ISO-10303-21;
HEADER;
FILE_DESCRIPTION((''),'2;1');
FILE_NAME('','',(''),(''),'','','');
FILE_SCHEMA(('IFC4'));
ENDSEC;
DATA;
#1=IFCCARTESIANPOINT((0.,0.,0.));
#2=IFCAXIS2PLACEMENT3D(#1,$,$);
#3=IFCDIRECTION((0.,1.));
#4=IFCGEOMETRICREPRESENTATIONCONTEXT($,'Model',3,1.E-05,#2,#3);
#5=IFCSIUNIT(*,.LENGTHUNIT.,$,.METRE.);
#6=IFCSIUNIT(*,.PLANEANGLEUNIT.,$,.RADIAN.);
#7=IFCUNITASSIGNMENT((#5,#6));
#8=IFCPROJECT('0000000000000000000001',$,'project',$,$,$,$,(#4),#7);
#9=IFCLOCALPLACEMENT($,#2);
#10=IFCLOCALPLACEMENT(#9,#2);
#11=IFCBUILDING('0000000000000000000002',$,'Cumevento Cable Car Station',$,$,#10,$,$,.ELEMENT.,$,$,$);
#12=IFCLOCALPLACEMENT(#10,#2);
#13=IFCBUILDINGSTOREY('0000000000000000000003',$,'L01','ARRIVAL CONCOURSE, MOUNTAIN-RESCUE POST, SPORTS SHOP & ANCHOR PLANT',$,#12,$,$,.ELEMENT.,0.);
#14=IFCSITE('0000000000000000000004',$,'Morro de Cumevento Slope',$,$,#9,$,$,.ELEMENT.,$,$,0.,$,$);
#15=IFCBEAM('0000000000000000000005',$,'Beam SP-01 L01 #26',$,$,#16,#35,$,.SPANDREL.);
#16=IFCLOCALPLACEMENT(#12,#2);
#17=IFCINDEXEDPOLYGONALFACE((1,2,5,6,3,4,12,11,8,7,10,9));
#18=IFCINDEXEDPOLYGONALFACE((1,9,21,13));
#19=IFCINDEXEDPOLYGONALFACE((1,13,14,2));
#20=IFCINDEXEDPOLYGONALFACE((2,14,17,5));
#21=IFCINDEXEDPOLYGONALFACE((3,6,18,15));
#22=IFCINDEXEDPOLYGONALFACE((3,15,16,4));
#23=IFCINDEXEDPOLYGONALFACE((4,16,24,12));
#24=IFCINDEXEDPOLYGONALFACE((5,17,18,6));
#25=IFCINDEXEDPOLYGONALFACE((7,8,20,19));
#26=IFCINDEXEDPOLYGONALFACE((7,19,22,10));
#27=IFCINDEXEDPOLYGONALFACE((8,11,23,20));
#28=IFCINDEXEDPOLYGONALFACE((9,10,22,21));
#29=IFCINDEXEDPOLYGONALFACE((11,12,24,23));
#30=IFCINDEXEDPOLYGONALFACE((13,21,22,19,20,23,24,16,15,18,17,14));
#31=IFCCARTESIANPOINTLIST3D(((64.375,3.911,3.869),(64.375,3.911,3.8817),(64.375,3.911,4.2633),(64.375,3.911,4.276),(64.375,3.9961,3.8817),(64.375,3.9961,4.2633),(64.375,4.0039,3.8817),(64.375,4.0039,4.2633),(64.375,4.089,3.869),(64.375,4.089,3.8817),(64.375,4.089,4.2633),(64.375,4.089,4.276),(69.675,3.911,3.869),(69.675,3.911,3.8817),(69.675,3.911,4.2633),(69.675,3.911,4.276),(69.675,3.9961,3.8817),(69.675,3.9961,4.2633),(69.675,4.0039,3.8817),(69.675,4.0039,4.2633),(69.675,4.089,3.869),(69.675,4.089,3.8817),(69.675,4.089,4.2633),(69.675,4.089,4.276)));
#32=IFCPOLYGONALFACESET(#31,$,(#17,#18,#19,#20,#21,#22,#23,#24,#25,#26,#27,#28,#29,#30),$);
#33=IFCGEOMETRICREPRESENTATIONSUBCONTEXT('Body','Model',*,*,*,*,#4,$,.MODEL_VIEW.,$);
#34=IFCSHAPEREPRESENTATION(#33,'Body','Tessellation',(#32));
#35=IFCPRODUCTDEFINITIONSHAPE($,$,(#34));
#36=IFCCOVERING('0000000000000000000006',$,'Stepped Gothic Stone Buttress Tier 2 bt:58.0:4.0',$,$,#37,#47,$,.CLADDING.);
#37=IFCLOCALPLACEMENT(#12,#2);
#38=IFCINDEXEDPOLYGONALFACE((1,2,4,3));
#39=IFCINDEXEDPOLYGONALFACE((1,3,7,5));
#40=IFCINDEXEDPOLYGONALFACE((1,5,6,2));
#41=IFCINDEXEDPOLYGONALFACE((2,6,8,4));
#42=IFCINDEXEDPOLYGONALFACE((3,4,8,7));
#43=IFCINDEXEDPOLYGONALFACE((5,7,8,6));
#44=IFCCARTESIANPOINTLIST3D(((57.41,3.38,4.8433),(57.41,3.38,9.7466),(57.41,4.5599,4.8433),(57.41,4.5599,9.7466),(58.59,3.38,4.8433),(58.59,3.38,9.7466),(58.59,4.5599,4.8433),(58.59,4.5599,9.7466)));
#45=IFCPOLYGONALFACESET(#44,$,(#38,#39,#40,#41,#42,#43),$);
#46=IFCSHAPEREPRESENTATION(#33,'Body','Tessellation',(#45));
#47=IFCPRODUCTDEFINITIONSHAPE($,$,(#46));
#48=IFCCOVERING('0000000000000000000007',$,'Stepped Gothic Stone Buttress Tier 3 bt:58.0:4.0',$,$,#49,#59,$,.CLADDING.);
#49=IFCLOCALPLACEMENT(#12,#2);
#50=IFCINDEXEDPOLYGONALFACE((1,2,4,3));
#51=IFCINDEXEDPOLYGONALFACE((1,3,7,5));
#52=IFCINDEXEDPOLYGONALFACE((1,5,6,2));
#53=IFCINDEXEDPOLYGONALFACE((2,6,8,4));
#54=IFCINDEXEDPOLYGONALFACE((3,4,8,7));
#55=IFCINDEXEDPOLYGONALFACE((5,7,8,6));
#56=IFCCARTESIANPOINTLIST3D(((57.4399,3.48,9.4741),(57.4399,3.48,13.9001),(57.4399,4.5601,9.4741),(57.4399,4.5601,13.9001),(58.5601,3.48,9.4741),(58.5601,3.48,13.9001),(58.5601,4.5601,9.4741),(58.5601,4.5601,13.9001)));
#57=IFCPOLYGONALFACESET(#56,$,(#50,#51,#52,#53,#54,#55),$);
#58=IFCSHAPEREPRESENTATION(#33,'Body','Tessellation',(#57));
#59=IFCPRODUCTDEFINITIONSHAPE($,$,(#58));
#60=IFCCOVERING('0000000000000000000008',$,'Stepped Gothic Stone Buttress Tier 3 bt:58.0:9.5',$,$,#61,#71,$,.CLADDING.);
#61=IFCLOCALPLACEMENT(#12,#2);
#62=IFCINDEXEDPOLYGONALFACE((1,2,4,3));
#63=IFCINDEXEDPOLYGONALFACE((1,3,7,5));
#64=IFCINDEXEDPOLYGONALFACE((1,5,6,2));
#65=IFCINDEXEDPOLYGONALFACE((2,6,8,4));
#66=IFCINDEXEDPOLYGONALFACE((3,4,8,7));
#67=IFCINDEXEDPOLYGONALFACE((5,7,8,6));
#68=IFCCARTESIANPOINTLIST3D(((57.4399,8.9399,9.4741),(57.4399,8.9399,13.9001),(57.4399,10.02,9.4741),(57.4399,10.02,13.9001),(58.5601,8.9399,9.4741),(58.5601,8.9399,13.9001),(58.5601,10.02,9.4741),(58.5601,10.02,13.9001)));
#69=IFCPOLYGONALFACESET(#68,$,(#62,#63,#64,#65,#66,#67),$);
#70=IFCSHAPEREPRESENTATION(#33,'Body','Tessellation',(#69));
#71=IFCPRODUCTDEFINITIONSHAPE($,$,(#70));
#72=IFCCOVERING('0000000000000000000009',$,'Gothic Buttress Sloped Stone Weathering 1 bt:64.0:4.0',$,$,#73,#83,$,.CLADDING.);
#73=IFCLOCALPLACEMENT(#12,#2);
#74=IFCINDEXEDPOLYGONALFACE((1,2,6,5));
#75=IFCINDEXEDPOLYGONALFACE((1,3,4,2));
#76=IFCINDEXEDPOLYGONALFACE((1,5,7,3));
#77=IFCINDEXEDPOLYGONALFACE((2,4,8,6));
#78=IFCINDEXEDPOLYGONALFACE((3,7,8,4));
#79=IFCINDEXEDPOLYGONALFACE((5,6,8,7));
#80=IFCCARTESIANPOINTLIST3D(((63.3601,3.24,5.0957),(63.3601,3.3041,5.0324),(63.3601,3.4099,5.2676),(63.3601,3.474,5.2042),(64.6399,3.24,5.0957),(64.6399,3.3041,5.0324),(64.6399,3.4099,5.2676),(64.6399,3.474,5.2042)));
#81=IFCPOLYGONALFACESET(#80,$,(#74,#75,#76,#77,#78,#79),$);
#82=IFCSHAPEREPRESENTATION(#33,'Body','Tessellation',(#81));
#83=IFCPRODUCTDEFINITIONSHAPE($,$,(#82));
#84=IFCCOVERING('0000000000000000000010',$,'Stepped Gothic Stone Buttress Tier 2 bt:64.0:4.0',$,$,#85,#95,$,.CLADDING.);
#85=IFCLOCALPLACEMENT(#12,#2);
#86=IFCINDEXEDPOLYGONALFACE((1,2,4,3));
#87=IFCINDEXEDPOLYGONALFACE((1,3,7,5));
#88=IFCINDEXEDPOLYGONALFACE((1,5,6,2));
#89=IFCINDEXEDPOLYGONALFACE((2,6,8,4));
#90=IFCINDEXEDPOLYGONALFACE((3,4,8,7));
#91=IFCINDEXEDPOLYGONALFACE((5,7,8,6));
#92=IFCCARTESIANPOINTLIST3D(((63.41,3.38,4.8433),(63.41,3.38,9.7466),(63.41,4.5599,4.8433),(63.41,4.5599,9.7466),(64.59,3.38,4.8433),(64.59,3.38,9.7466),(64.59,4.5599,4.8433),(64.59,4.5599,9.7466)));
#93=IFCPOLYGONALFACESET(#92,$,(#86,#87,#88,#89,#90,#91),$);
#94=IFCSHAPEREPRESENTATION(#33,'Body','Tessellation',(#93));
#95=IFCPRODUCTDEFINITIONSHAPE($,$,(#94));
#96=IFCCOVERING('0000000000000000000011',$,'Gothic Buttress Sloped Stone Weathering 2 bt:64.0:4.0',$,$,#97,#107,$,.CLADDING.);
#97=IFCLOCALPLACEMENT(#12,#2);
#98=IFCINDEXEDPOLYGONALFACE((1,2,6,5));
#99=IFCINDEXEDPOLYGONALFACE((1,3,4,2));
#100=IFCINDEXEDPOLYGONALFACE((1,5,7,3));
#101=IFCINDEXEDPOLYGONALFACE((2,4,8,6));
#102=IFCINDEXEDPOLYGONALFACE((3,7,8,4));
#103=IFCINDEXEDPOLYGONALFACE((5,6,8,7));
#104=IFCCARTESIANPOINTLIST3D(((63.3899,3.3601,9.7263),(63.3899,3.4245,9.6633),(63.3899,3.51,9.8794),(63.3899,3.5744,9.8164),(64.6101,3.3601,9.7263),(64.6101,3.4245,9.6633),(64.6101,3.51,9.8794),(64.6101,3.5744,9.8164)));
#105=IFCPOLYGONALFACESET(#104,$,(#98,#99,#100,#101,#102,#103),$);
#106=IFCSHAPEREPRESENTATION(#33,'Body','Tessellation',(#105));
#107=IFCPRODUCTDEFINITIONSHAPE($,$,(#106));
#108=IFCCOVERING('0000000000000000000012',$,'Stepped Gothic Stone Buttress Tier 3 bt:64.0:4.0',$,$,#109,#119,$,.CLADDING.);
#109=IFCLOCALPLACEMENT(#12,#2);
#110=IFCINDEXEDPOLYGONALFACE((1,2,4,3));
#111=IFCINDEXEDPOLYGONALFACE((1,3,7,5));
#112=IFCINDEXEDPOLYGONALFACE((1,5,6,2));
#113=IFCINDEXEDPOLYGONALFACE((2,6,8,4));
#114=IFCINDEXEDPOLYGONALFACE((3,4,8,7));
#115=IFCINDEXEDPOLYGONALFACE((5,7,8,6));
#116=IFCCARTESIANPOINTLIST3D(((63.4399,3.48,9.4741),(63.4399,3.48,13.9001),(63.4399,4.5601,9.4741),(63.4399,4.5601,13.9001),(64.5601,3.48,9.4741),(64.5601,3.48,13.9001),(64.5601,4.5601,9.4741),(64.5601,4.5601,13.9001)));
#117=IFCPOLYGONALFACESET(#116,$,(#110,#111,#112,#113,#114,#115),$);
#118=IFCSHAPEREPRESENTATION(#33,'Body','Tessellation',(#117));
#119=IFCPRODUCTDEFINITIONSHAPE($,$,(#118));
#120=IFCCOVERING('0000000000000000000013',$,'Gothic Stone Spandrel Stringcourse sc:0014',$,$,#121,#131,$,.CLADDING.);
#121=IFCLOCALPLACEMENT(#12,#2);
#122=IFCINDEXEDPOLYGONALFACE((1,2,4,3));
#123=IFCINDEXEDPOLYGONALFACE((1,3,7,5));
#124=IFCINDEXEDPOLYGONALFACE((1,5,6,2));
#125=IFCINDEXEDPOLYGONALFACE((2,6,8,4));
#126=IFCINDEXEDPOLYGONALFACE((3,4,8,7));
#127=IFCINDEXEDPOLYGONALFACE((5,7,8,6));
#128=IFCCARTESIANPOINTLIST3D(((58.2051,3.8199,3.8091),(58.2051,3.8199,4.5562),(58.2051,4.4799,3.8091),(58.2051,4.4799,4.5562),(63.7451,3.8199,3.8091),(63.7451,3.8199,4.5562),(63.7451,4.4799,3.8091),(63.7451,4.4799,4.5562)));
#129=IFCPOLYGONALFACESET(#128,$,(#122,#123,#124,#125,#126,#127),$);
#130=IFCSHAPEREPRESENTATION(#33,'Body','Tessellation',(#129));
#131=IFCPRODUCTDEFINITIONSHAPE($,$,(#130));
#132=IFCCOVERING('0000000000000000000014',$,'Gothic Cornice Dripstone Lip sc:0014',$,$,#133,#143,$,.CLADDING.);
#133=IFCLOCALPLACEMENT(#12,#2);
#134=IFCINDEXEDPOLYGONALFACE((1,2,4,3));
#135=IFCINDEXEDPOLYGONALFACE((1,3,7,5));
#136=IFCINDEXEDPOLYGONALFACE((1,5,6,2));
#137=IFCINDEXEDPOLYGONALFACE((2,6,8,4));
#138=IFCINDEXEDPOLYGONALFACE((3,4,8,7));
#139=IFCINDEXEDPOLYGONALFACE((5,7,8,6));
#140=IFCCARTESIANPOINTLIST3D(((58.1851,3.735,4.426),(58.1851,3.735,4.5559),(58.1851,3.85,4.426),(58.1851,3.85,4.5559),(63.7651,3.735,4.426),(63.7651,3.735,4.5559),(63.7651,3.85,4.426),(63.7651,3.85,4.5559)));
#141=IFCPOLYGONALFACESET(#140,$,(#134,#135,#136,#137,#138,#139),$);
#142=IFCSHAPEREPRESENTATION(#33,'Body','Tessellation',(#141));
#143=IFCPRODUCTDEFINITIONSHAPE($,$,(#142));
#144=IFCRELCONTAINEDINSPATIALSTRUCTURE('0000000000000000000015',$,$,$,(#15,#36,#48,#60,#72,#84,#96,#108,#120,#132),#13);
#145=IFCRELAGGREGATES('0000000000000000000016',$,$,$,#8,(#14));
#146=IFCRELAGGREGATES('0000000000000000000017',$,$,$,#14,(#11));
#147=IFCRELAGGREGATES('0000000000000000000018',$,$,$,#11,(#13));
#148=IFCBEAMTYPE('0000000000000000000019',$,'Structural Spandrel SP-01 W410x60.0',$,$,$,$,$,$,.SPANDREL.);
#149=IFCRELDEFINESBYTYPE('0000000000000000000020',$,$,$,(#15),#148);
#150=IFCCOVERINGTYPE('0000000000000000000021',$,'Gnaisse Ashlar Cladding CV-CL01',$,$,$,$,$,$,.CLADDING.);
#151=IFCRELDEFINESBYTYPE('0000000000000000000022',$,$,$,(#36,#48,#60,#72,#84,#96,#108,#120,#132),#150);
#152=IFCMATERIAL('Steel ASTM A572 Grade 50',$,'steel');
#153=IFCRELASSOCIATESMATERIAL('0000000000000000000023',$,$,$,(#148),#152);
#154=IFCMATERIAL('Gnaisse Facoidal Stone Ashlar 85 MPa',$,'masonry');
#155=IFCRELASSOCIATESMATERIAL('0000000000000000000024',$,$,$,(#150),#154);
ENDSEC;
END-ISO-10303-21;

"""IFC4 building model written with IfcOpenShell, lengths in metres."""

from ifc_helpers import new_model, si_unit, direction, frame, origin, origin_2d, place, context, subcontext, project, spatial, polyline, rectangle, i_section, outline, extrude, material, material_profile, profile_set, type_object, element, save


model = new_model("IFC4")

# Units and contexts
model_context = context("Model", 3, precision=1e-05, world=origin(), true_north=direction((0.0, 1.0)))
body_context = subcontext(model_context, "Body", "Model", "MODEL_VIEW")
ifc_project = project(units=[si_unit("LENGTHUNIT", "METRE"), si_unit("PLANEANGLEUNIT", "RADIAN")], contexts=[model_context])

# Site, building, storey
site_placement = place(None, origin())
site = spatial("IfcSite", under=ifc_project, at=site_placement, Name="Morro de Cumevento Slope", CompositionType="ELEMENT", RefElevation=0.0)
building_placement = place(site_placement, origin())
building = spatial("IfcBuilding", under=site, at=building_placement, Name="Cumevento Cable Car Station", CompositionType="ELEMENT")
storey_placement = place(building_placement, origin())
storey = spatial("IfcBuildingStorey", under=building, at=storey_placement, Name="L01", Description="ARRIVAL CONCOURSE, MOUNTAIN-RESCUE POST, SPORTS SHOP & ANCHOR PLANT", CompositionType="ELEMENT", Elevation=0.0)

# Beam
ifc_material_1 = material(Name="Steel ASTM A572 Grade 50", Category="steel")
ifc_material_profile_1 = material_profile(ifc_material_1, i_section(OverallWidth=0.178, OverallDepth=0.407, WebThickness=0.0078, FlangeThickness=0.0127, at=origin_2d()), Name="W410x60.0")
ifc_profile_set_1 = profile_set([ifc_material_profile_1], Name="Steel ASTM A572 Grade 50")
beam_type_1 = type_object("IfcBeamType", Name="Structural Spandrel SP-01 W410x60.0", PredefinedType="SPANDREL", material=ifc_profile_set_1)
for number, where, z_axis, x_axis, name in (
    (1, (64.375, 4.0, 4.0725), (1.0, 0.0, 0.0), (0.0, 1.0, 0.0), "Beam SP-01 L01 #26"),
):
    element("IfcBeam", number, at=place(storey_placement, frame(where, z_axis=z_axis, x_axis=x_axis)), inside=storey, type_object=beam_type_1, Name=name, PredefinedType="SPANDREL", context=body_context, shape_type="SweptSolid", body=[
        extrude(i_section(OverallWidth=0.178, OverallDepth=0.407, WebThickness=0.0078, FlangeThickness=0.0127, at=origin_2d()), origin(), (0.0, 0.0, 1.0), 5.3),
    ])

# Coverings
ifc_material_2 = material(Name="Gnaisse Facoidal Stone Ashlar 85 MPa", Category="masonry")
covering_type = type_object("IfcCoveringType", Name="Gnaisse Ashlar Cladding CV-CL01", PredefinedType="CLADDING", material=ifc_material_2)
covering_1_placement = place(storey_placement, frame((58.0, 3.97, 4.8433), z_axis=(0.0, 0.0, 1.0), x_axis=(1.0, 0.0, 0.0)))
element("IfcCovering", 2, at=covering_1_placement, inside=storey, type_object=covering_type, Name="Stepped Gothic Stone Buttress Tier 2 bt:58.0:4.0", PredefinedType="CLADDING", context=body_context, shape_type="SweptSolid", body=[
    extrude(rectangle(XDim=1.1799, YDim=1.1799, at=origin_2d()), origin(), (0.0, 0.0, 1.0), 4.9033),
])
for number, where, z_axis, x_axis, name in (
    (3, (58.0, 4.02, 9.4741), (0.0, 0.0, 1.0), (1.0, 0.0, 0.0), "Stepped Gothic Stone Buttress Tier 3 bt:58.0:4.0"),
    (4, (58.0, 9.48, 9.4741), (0.0, 0.0, 1.0), (-1.0, 0.0, 0.0), "Stepped Gothic Stone Buttress Tier 3 bt:58.0:9.5"),
):
    element("IfcCovering", number, at=place(storey_placement, frame(where, z_axis=z_axis, x_axis=x_axis)), inside=storey, type_object=covering_type, Name=name, PredefinedType="CLADDING", context=body_context, shape_type="SweptSolid", body=[
        extrude(rectangle(XDim=1.1201, YDim=1.0801, at=origin_2d()), origin(), (0.0, 0.0, 1.0), 4.426),
    ])
covering_2_placement = place(storey_placement, frame((63.3601, 3.24, 5.0957), z_axis=(0.0, -0.711136, 0.703055), x_axis=(1.0, 0.0, 0.0)))
element("IfcCovering", 5, at=covering_2_placement, inside=storey, type_object=covering_type, Name="Gothic Buttress Sloped Stone Weathering 1 bt:64.0:4.0", PredefinedType="CLADDING", context=body_context, shape_type="SweptSolid", body=[
    extrude(outline(polyline([(0.0, 0.0), (1.2798, 0.0), (1.2798, 0.2417), (0.0, 0.2417), (0.0, 0.0)])), origin(), (0.0, 0.0, -1.0), 0.0901),
])
covering_3_placement = place(storey_placement, frame((64.0, 3.97, 4.8433), z_axis=(0.0, 0.0, 1.0), x_axis=(1.0, 0.0, 0.0)))
element("IfcCovering", 6, at=covering_3_placement, inside=storey, type_object=covering_type, Name="Stepped Gothic Stone Buttress Tier 2 bt:64.0:4.0", PredefinedType="CLADDING", context=body_context, shape_type="SweptSolid", body=[
    extrude(rectangle(XDim=1.1799, YDim=1.1799, at=origin_2d()), origin(), (0.0, 0.0, 1.0), 4.9033),
])
covering_4_placement = place(storey_placement, frame((63.3899, 3.3601, 9.7263), z_axis=(0.0, -0.714475, 0.699661), x_axis=(1.0, 0.0, 0.0)))
element("IfcCovering", 7, at=covering_4_placement, inside=storey, type_object=covering_type, Name="Gothic Buttress Sloped Stone Weathering 2 bt:64.0:4.0", PredefinedType="CLADDING", context=body_context, shape_type="SweptSolid", body=[
    extrude(outline(polyline([(0.0, 0.0), (1.2202, 0.0), (1.2202, 0.2142), (0.0, 0.2142), (0.0, 0.0)])), origin(), (0.0, 0.0, -1.0), 0.0901),
])
covering_5_placement = place(storey_placement, frame((64.0, 4.02, 9.4741), z_axis=(0.0, 0.0, 1.0), x_axis=(1.0, 0.0, 0.0)))
element("IfcCovering", 8, at=covering_5_placement, inside=storey, type_object=covering_type, Name="Stepped Gothic Stone Buttress Tier 3 bt:64.0:4.0", PredefinedType="CLADDING", context=body_context, shape_type="SweptSolid", body=[
    extrude(rectangle(XDim=1.1201, YDim=1.0801, at=origin_2d()), origin(), (0.0, 0.0, 1.0), 4.426),
])
covering_6_placement = place(storey_placement, frame((60.9751, 4.1499, 3.8091), z_axis=(0.0, 0.0, 1.0), x_axis=(-1.0, 0.0, 0.0)))
element("IfcCovering", 9, at=covering_6_placement, inside=storey, type_object=covering_type, Name="Gothic Stone Spandrel Stringcourse sc:0014", PredefinedType="CLADDING", context=body_context, shape_type="SweptSolid", body=[
    extrude(rectangle(XDim=5.54, YDim=0.6599, at=origin_2d()), origin(), (0.0, 0.0, 1.0), 0.7471),
])
covering_7_placement = place(storey_placement, frame((60.9751, 3.7925, 4.426), z_axis=(0.0, 0.0, 1.0), x_axis=(-1.0, 0.0, 0.0)))
element("IfcCovering", 10, at=covering_7_placement, inside=storey, type_object=covering_type, Name="Gothic Cornice Dripstone Lip sc:0014", PredefinedType="CLADDING", context=body_context, shape_type="SweptSolid", body=[
    extrude(rectangle(XDim=5.5801, YDim=0.115, at=origin_2d()), origin(), (0.0, 0.0, 1.0), 0.1299),
])

save(model, "model.ifc")
